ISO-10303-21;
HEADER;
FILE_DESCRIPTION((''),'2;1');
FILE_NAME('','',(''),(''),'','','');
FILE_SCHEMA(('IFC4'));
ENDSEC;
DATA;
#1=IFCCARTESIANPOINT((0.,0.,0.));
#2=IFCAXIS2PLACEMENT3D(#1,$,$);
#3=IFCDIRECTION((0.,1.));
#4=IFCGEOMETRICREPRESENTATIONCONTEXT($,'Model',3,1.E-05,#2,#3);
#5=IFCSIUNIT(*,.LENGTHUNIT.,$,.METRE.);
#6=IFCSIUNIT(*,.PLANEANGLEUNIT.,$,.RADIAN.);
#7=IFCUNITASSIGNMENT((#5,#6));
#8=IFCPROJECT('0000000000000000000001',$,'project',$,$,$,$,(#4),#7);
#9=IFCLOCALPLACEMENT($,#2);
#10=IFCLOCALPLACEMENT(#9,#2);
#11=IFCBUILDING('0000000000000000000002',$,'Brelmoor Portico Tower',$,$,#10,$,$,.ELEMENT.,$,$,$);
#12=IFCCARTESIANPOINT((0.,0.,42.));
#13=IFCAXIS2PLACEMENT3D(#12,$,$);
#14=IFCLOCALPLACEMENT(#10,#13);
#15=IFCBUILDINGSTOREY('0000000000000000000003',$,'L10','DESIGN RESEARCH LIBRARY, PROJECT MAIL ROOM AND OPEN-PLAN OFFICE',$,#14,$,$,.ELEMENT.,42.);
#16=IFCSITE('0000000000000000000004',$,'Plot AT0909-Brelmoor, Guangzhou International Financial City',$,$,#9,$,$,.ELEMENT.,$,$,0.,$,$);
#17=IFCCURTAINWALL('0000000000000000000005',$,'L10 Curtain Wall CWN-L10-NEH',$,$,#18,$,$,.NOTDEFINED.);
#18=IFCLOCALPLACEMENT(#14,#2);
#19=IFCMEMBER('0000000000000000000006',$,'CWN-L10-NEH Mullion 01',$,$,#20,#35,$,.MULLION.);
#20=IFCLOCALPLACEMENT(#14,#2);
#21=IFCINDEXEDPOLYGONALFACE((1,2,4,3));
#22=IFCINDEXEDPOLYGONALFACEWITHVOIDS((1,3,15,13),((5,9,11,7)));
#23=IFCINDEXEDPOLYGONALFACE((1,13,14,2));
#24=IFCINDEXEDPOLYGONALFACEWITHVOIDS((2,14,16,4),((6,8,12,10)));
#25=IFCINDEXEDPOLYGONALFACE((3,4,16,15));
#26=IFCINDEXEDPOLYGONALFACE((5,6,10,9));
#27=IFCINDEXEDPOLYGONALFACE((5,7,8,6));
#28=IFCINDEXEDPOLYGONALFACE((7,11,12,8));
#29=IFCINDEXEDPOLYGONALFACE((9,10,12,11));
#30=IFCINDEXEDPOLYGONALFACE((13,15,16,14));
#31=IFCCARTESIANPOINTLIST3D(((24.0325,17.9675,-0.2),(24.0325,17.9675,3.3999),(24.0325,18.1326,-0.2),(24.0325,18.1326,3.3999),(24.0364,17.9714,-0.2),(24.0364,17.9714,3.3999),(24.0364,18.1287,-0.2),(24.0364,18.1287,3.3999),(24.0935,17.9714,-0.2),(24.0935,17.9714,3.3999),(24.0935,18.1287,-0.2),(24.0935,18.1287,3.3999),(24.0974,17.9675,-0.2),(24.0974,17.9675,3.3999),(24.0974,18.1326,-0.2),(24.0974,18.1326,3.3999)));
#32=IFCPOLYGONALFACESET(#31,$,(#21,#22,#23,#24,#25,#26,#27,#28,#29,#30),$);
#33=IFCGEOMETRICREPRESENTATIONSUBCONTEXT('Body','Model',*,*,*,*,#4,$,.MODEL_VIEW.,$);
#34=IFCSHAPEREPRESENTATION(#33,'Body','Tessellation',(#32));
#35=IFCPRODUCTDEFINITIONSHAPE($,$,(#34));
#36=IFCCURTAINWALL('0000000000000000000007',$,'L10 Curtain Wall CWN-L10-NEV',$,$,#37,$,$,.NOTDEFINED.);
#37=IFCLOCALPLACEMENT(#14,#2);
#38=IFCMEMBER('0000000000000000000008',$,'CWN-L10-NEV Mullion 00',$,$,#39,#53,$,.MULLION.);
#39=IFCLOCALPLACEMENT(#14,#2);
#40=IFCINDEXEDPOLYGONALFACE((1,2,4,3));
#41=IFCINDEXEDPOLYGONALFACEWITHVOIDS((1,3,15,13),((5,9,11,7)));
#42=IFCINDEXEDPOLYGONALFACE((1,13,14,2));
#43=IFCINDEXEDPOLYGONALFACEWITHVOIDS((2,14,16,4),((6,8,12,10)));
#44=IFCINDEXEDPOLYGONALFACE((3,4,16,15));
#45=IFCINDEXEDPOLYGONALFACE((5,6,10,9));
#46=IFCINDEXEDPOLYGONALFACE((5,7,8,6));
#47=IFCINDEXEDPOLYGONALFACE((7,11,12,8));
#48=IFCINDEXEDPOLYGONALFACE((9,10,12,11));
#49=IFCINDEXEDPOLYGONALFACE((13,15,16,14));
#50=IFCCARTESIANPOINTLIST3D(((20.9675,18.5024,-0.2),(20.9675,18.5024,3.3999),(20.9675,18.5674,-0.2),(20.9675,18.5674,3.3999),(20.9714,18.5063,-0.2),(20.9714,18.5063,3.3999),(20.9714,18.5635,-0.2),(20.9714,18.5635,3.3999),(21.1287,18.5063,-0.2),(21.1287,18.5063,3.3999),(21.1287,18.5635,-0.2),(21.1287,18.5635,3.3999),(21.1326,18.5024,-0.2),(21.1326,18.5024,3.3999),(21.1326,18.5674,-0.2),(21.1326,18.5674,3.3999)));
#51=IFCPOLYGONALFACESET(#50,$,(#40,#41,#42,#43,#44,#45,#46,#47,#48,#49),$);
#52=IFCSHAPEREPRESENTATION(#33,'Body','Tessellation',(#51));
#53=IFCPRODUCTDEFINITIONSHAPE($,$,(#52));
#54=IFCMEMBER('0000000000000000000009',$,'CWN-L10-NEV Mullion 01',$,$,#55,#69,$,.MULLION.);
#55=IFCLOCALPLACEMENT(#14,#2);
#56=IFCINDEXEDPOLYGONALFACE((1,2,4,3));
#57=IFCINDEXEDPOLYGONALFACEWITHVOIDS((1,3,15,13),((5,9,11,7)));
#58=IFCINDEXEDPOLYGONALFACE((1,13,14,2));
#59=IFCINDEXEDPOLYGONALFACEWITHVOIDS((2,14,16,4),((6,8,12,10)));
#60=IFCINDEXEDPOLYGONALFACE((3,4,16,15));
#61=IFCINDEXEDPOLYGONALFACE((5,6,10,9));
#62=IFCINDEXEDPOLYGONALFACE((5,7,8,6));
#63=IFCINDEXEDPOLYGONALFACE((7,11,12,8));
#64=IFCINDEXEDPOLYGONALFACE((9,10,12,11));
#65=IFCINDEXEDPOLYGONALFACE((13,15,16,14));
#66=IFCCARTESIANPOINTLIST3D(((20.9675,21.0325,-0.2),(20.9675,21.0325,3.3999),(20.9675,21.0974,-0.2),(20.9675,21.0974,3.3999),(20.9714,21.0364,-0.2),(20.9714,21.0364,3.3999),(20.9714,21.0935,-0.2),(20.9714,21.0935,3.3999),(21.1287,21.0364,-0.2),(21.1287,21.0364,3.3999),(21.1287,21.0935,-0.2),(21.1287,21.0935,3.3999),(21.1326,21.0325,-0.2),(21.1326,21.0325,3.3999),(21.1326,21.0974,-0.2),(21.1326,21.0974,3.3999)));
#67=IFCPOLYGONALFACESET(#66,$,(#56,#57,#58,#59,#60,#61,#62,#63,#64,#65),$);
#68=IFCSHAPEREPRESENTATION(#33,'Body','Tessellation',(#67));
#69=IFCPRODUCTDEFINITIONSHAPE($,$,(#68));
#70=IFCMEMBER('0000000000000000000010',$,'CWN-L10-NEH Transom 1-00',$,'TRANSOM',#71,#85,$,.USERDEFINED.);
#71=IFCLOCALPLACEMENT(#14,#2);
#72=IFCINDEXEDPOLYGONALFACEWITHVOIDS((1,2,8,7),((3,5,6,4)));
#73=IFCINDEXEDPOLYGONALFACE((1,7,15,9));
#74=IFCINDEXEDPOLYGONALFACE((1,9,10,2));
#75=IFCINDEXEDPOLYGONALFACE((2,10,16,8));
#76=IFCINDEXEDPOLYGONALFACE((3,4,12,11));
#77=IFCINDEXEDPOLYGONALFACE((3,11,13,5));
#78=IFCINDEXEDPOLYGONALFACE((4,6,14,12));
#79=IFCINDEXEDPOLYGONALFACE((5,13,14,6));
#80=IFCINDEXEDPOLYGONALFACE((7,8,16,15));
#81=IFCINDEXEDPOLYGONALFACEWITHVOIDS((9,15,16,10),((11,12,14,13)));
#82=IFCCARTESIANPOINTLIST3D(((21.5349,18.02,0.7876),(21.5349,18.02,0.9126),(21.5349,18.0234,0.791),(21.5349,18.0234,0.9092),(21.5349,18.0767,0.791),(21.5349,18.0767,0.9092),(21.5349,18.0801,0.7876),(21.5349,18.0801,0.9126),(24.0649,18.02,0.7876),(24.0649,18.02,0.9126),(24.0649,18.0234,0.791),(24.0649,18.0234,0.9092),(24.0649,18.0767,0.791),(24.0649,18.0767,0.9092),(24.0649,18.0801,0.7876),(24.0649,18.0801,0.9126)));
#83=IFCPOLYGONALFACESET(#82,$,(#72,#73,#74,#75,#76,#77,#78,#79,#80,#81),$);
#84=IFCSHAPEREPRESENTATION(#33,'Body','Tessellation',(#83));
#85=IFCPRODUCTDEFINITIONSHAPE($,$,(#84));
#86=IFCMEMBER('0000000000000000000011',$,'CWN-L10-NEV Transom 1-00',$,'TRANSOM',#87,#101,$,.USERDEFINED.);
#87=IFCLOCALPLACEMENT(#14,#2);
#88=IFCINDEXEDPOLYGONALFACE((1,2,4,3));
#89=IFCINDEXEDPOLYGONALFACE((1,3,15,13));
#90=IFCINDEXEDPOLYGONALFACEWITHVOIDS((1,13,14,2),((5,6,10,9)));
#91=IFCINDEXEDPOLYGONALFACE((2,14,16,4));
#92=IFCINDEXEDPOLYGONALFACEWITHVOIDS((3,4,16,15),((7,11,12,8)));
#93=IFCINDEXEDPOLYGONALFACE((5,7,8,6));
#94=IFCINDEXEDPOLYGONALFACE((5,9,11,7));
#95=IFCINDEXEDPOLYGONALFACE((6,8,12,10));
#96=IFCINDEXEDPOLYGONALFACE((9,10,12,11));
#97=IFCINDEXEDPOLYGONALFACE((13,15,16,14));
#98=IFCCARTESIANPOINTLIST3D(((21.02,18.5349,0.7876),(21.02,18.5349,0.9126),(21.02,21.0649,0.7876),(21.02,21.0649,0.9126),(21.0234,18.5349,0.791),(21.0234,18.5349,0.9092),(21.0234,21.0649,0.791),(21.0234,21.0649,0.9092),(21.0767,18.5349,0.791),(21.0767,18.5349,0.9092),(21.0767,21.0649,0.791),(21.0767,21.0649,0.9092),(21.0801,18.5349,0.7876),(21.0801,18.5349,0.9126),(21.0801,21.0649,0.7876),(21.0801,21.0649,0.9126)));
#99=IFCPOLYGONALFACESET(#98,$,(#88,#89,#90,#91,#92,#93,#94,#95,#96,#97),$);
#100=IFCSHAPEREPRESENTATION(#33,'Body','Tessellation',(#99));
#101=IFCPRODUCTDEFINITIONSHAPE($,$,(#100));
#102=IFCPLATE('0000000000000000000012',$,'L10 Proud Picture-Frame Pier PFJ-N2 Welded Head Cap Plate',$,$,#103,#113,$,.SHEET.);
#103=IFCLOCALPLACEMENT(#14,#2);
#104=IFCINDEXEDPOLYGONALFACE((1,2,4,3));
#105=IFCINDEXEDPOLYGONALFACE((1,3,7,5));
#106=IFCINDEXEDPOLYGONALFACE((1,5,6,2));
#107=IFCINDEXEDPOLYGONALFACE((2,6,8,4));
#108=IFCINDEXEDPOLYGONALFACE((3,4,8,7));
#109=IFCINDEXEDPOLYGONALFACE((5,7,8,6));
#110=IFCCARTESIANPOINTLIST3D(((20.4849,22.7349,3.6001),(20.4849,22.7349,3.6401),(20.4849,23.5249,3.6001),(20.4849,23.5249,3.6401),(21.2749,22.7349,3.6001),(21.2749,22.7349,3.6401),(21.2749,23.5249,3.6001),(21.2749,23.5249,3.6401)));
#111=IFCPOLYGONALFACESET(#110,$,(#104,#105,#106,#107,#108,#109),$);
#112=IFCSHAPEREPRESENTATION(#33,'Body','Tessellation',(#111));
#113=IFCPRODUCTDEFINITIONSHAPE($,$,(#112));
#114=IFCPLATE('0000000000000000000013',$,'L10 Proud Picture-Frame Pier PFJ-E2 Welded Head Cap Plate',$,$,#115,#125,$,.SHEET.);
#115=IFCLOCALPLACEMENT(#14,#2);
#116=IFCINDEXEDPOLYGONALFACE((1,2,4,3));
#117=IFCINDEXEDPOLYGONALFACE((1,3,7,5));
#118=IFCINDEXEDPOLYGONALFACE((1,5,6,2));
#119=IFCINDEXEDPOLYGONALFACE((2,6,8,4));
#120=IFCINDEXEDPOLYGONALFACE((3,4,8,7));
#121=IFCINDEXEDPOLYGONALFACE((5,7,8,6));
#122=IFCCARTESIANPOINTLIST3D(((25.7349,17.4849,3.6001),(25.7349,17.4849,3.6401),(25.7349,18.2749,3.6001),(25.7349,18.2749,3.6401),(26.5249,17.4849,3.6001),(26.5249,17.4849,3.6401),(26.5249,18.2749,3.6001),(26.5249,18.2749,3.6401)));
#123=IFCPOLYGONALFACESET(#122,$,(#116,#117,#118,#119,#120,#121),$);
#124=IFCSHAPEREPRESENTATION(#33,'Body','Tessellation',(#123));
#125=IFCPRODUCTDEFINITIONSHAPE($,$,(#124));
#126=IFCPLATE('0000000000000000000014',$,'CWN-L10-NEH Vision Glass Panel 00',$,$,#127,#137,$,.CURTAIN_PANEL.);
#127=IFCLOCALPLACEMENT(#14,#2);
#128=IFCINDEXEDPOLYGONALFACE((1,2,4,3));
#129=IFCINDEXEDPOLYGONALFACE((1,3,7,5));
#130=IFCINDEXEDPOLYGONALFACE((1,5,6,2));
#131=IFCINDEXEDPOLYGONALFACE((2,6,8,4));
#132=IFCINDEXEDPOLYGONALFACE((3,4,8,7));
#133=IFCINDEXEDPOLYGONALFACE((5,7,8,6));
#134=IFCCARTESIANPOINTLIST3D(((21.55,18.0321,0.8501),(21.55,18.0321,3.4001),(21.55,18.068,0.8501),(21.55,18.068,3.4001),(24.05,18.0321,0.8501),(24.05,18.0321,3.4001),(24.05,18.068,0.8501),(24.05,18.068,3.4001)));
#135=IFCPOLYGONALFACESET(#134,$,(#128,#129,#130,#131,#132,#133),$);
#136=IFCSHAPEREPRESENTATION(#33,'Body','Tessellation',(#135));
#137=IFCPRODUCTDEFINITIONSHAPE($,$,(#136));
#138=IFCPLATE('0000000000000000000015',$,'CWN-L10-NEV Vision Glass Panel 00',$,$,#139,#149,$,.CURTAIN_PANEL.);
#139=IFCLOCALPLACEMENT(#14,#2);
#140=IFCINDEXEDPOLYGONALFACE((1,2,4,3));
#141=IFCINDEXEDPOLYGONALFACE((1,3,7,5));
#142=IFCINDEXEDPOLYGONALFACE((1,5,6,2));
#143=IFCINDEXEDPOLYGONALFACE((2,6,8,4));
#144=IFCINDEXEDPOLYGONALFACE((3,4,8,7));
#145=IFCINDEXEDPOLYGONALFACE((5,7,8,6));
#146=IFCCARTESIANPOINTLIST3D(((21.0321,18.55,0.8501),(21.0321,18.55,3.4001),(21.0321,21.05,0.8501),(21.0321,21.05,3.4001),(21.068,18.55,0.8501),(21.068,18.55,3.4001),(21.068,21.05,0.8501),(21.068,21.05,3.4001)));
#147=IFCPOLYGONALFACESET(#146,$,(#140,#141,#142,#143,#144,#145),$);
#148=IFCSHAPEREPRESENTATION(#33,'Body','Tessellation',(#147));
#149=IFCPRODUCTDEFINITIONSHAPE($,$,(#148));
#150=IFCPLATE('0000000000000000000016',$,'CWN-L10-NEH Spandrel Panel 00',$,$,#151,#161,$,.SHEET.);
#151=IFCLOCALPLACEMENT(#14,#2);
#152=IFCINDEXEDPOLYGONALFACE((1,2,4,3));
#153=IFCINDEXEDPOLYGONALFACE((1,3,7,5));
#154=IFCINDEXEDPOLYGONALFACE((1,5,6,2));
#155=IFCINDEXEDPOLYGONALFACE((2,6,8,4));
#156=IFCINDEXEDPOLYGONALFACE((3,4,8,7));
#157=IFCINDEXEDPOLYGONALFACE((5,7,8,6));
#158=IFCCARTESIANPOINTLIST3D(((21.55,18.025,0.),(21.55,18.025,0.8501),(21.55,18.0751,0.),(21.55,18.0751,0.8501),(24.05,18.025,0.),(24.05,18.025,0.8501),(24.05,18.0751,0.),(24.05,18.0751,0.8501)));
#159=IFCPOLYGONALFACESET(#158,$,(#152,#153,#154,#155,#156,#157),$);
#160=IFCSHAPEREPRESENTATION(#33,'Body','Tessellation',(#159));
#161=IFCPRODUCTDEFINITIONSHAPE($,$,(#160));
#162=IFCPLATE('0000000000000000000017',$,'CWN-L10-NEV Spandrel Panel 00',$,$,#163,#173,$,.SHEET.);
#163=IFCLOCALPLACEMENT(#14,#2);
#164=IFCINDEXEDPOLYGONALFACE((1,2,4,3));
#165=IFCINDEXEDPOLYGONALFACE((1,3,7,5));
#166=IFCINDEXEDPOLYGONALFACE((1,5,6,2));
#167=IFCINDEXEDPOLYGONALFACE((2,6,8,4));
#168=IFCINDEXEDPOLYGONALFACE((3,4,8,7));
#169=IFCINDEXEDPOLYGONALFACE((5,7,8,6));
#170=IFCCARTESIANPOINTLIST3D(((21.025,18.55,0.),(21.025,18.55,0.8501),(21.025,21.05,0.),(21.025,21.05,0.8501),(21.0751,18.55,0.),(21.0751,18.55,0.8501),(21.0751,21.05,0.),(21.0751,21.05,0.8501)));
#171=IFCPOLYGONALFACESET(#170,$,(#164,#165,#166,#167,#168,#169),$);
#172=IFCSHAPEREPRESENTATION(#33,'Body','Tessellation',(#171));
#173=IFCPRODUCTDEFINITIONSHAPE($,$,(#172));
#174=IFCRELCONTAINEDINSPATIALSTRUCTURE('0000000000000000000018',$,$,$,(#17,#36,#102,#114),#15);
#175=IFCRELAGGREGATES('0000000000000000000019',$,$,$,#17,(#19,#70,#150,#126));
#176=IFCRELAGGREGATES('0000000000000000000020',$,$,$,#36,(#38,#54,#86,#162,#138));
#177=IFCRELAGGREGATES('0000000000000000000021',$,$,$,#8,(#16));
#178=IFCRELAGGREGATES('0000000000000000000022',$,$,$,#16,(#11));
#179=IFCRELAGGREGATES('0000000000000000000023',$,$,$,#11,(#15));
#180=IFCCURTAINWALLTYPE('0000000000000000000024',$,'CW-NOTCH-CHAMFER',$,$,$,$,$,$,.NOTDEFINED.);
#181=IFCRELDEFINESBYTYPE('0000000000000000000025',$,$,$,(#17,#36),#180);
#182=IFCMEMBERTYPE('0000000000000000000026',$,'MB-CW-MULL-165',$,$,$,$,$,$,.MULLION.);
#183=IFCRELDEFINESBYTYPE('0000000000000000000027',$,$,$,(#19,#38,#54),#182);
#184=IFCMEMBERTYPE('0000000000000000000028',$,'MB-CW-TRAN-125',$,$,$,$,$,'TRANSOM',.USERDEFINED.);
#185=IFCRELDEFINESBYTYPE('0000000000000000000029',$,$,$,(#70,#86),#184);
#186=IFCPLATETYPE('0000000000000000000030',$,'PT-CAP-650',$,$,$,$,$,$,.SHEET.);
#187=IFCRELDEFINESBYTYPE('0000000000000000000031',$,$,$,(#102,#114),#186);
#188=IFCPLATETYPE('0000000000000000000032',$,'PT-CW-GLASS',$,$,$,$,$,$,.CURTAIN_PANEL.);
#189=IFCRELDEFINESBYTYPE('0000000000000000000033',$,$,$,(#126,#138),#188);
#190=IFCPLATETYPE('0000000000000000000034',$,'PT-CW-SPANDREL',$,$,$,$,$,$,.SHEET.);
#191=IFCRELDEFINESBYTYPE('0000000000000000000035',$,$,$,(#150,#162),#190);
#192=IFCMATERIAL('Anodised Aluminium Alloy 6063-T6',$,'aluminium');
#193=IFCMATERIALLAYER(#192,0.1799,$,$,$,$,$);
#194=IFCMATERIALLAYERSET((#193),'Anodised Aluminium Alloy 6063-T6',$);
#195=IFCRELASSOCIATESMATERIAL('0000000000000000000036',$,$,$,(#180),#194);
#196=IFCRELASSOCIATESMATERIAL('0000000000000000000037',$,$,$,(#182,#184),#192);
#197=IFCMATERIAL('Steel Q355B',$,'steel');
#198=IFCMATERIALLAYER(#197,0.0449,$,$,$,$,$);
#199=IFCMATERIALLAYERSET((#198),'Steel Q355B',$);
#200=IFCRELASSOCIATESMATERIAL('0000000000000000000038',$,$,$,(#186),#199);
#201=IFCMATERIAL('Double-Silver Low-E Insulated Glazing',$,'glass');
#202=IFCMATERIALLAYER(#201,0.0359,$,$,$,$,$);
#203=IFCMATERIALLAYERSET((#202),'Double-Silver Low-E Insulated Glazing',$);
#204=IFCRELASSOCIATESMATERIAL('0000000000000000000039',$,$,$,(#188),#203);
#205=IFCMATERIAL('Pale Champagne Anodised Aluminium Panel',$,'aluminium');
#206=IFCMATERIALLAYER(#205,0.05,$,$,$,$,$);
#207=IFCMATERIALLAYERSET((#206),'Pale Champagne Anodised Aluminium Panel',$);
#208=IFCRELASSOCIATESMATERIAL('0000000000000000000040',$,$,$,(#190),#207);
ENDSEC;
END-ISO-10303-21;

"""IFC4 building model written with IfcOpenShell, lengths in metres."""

from ifc_helpers import new_model, si_unit, direction, frame, origin, origin_2d, place, context, subcontext, project, spatial, rectangle, hollow_rectangle, extrude, material, layer, layer_set, material_profile, profile_set, type_object, element, aggregate, save


model = new_model("IFC4")

# Units and contexts
model_context = context("Model", 3, precision=1e-05, world=origin(), true_north=direction((0.0, 1.0)))
body_context = subcontext(model_context, "Body", "Model", "MODEL_VIEW")
ifc_project = project(units=[si_unit("LENGTHUNIT", "METRE"), si_unit("PLANEANGLEUNIT", "RADIAN")], contexts=[model_context])

# Site, building, storey
site_placement = place(None, origin())
site = spatial("IfcSite", under=ifc_project, at=site_placement, Name="Plot AT0909-Brelmoor, Guangzhou International Financial City", CompositionType="ELEMENT", RefElevation=0.0)
building_placement = place(site_placement, origin())
building = spatial("IfcBuilding", under=site, at=building_placement, Name="Brelmoor Portico Tower", CompositionType="ELEMENT")
storey_placement = place(building_placement, frame((0.0, 0.0, 42.0)))
storey = spatial("IfcBuildingStorey", under=building, at=storey_placement, Name="L10", Description="DESIGN RESEARCH LIBRARY, PROJECT MAIL ROOM AND OPEN-PLAN OFFICE", CompositionType="ELEMENT", Elevation=42.0)

# Shared definitions
ifc_material_1 = material(Name="Steel Q355B", Category="steel")

# Curtain walls, members
ifc_material_2 = material(Name="Anodised Aluminium Alloy 6063-T6", Category="aluminium")
ifc_layer_1 = layer(ifc_material_2, 0.1799)
ifc_layer_set_1 = layer_set([ifc_layer_1], Name="Anodised Aluminium Alloy 6063-T6")
curtain_wall_type = type_object("IfcCurtainWallType", Name="CW-NOTCH-CHAMFER", PredefinedType="NOTDEFINED", material=ifc_layer_set_1)
curtain_wall_1_placement = place(storey_placement, origin())
curtain_wall_1 = element("IfcCurtainWall", 1, at=curtain_wall_1_placement, inside=storey, type_object=curtain_wall_type, Name="L10 Curtain Wall CWN-L10-NEH", PredefinedType="NOTDEFINED")
ifc_material_profile_1 = material_profile(ifc_material_2, hollow_rectangle(XDim=0.0649, YDim=0.165, WallThickness=0.0039, at=origin_2d()), Name="ALU MULLION 65x165")
ifc_profile_set_1 = profile_set([ifc_material_profile_1], Name="Anodised Aluminium Alloy 6063-T6")
member_type_1 = type_object("IfcMemberType", Name="MB-CW-MULL-165", PredefinedType="MULLION", material=ifc_profile_set_1)
member_1_placement = place(storey_placement, frame((24.0649, 18.05, -0.2), z_axis=(0.0, 0.0, 1.0), x_axis=(1.0, 0.0, 0.0)))
member_1 = element("IfcMember", 2, at=member_1_placement, type_object=member_type_1, Name="CWN-L10-NEH Mullion 01", PredefinedType="MULLION", context=body_context, shape_type="SweptSolid", body=[
    extrude(hollow_rectangle(XDim=0.0649, YDim=0.165, WallThickness=0.0039, at=origin_2d()), origin(), (0.0, 0.0, 1.0), 3.5999),
])
curtain_wall_2_placement = place(storey_placement, origin())
curtain_wall_2 = element("IfcCurtainWall", 3, at=curtain_wall_2_placement, inside=storey, type_object=curtain_wall_type, Name="L10 Curtain Wall CWN-L10-NEV", PredefinedType="NOTDEFINED")
member_2_placement = place(storey_placement, frame((21.05, 18.5349, -0.2), z_axis=(0.0, 0.0, 1.0), x_axis=(0.0, 1.0, 0.0)))
member_2 = element("IfcMember", 4, at=member_2_placement, type_object=member_type_1, Name="CWN-L10-NEV Mullion 00", PredefinedType="MULLION", context=body_context, shape_type="SweptSolid", body=[
    extrude(hollow_rectangle(XDim=0.0649, YDim=0.165, WallThickness=0.0039, at=origin_2d()), origin(), (0.0, 0.0, 1.0), 3.5999),
])
member_3_placement = place(storey_placement, frame((21.05, 21.0649, -0.2), z_axis=(0.0, 0.0, 1.0), x_axis=(0.0, 1.0, 0.0)))
member_3 = element("IfcMember", 5, at=member_3_placement, type_object=member_type_1, Name="CWN-L10-NEV Mullion 01", PredefinedType="MULLION", context=body_context, shape_type="SweptSolid", body=[
    extrude(hollow_rectangle(XDim=0.0649, YDim=0.165, WallThickness=0.0039, at=origin_2d()), origin(), (0.0, 0.0, 1.0), 3.5999),
])

# Members
ifc_material_profile_2 = material_profile(ifc_material_2, hollow_rectangle(XDim=0.0601, YDim=0.125, WallThickness=0.0034, at=origin_2d()), Name="ALU TRANSOM 60x125")
ifc_profile_set_2 = profile_set([ifc_material_profile_2], Name="Anodised Aluminium Alloy 6063-T6")
member_type_2 = type_object("IfcMemberType", Name="MB-CW-TRAN-125", ElementType="TRANSOM", PredefinedType="USERDEFINED", material=ifc_profile_set_2)
member_4_placement = place(storey_placement, frame((21.5349, 18.05, 0.8501), z_axis=(1.0, 0.0, 0.0), x_axis=(0.0, 1.0, 0.0)))
member_4 = element("IfcMember", 6, at=member_4_placement, type_object=member_type_2, Name="CWN-L10-NEH Transom 1-00", ObjectType="TRANSOM", PredefinedType="USERDEFINED", context=body_context, shape_type="SweptSolid", body=[
    extrude(hollow_rectangle(XDim=0.0601, YDim=0.125, WallThickness=0.0034, at=origin_2d()), origin(), (0.0, 0.0, 1.0), 2.53),
])
member_5_placement = place(storey_placement, frame((21.05, 18.5349, 0.8501), z_axis=(0.0, 1.0, 0.0), x_axis=(-1.0, 0.0, 0.0)))
member_5 = element("IfcMember", 7, at=member_5_placement, type_object=member_type_2, Name="CWN-L10-NEV Transom 1-00", ObjectType="TRANSOM", PredefinedType="USERDEFINED", context=body_context, shape_type="SweptSolid", body=[
    extrude(hollow_rectangle(XDim=0.0601, YDim=0.125, WallThickness=0.0034, at=origin_2d()), origin(), (0.0, 0.0, 1.0), 2.53),
])

# Plates
ifc_layer_2 = layer(ifc_material_1, 0.0449)
ifc_layer_set_2 = layer_set([ifc_layer_2], Name="Steel Q355B")
plate_type_1 = type_object("IfcPlateType", Name="PT-CAP-650", PredefinedType="SHEET", material=ifc_layer_set_2)
for number, where, z_axis, x_axis, name in (
    (8, (20.8799, 23.1299, 3.6001), (0.0, 0.0, 1.0), (1.0, 0.0, 0.0), "L10 Proud Picture-Frame Pier PFJ-N2 Welded Head Cap Plate"),
    (9, (26.1299, 17.8799, 3.6001), (0.0, 0.0, 1.0), (0.0, 1.0, 0.0), "L10 Proud Picture-Frame Pier PFJ-E2 Welded Head Cap Plate"),
):
    element("IfcPlate", number, at=place(storey_placement, frame(where, z_axis=z_axis, x_axis=x_axis)), inside=storey, type_object=plate_type_1, Name=name, PredefinedType="SHEET", context=body_context, shape_type="SweptSolid", body=[
        extrude(rectangle(XDim=0.79, YDim=0.79, at=origin_2d()), origin(), (0.0, 0.0, 1.0), 0.04),
    ])

# Plates
ifc_material_3 = material(Name="Double-Silver Low-E Insulated Glazing", Category="glass")
ifc_layer_3 = layer(ifc_material_3, 0.0359)
ifc_layer_set_3 = layer_set([ifc_layer_3], Name="Double-Silver Low-E Insulated Glazing")
plate_type_2 = type_object("IfcPlateType", Name="PT-CW-GLASS", PredefinedType="CURTAIN_PANEL", material=ifc_layer_set_3)
plate_1_placement = place(storey_placement, frame((22.8, 18.05, 0.8501), z_axis=(0.0, 0.0, 1.0), x_axis=(1.0, 0.0, 0.0)))
plate_1 = element("IfcPlate", 10, at=plate_1_placement, type_object=plate_type_2, Name="CWN-L10-NEH Vision Glass Panel 00", PredefinedType="CURTAIN_PANEL", context=body_context, shape_type="SweptSolid", body=[
    extrude(rectangle(XDim=2.5, YDim=0.0359, at=origin_2d()), origin(), (0.0, 0.0, 1.0), 2.55),
])
plate_2_placement = place(storey_placement, frame((21.05, 19.8, 0.8501), z_axis=(0.0, 0.0, 1.0), x_axis=(0.0, 1.0, 0.0)))
plate_2 = element("IfcPlate", 11, at=plate_2_placement, type_object=plate_type_2, Name="CWN-L10-NEV Vision Glass Panel 00", PredefinedType="CURTAIN_PANEL", context=body_context, shape_type="SweptSolid", body=[
    extrude(rectangle(XDim=2.5, YDim=0.0359, at=origin_2d()), origin(), (0.0, 0.0, 1.0), 2.55),
])
ifc_material_4 = material(Name="Pale Champagne Anodised Aluminium Panel", Category="aluminium")
ifc_layer_4 = layer(ifc_material_4, 0.05)
ifc_layer_set_4 = layer_set([ifc_layer_4], Name="Pale Champagne Anodised Aluminium Panel")
plate_type_3 = type_object("IfcPlateType", Name="PT-CW-SPANDREL", PredefinedType="SHEET", material=ifc_layer_set_4)
plate_3_placement = place(storey_placement, frame((22.8, 18.05, 0.0), z_axis=(0.0, 0.0, 1.0), x_axis=(1.0, 0.0, 0.0)))
plate_3 = element("IfcPlate", 12, at=plate_3_placement, type_object=plate_type_3, Name="CWN-L10-NEH Spandrel Panel 00", PredefinedType="SHEET", context=body_context, shape_type="SweptSolid", body=[
    extrude(rectangle(XDim=2.5, YDim=0.05, at=origin_2d()), origin(), (0.0, 0.0, 1.0), 0.8501),
])
aggregate(curtain_wall_1, [member_1, member_4, plate_3, plate_1])
plate_4_placement = place(storey_placement, frame((21.05, 19.8, 0.0), z_axis=(0.0, 0.0, 1.0), x_axis=(0.0, 1.0, 0.0)))
plate_4 = element("IfcPlate", 13, at=plate_4_placement, type_object=plate_type_3, Name="CWN-L10-NEV Spandrel Panel 00", PredefinedType="SHEET", context=body_context, shape_type="SweptSolid", body=[
    extrude(rectangle(XDim=2.5, YDim=0.05, at=origin_2d()), origin(), (0.0, 0.0, 1.0), 0.8501),
])
aggregate(curtain_wall_2, [member_2, member_3, member_5, plate_4, plate_2])

save(model, "model.ifc")
